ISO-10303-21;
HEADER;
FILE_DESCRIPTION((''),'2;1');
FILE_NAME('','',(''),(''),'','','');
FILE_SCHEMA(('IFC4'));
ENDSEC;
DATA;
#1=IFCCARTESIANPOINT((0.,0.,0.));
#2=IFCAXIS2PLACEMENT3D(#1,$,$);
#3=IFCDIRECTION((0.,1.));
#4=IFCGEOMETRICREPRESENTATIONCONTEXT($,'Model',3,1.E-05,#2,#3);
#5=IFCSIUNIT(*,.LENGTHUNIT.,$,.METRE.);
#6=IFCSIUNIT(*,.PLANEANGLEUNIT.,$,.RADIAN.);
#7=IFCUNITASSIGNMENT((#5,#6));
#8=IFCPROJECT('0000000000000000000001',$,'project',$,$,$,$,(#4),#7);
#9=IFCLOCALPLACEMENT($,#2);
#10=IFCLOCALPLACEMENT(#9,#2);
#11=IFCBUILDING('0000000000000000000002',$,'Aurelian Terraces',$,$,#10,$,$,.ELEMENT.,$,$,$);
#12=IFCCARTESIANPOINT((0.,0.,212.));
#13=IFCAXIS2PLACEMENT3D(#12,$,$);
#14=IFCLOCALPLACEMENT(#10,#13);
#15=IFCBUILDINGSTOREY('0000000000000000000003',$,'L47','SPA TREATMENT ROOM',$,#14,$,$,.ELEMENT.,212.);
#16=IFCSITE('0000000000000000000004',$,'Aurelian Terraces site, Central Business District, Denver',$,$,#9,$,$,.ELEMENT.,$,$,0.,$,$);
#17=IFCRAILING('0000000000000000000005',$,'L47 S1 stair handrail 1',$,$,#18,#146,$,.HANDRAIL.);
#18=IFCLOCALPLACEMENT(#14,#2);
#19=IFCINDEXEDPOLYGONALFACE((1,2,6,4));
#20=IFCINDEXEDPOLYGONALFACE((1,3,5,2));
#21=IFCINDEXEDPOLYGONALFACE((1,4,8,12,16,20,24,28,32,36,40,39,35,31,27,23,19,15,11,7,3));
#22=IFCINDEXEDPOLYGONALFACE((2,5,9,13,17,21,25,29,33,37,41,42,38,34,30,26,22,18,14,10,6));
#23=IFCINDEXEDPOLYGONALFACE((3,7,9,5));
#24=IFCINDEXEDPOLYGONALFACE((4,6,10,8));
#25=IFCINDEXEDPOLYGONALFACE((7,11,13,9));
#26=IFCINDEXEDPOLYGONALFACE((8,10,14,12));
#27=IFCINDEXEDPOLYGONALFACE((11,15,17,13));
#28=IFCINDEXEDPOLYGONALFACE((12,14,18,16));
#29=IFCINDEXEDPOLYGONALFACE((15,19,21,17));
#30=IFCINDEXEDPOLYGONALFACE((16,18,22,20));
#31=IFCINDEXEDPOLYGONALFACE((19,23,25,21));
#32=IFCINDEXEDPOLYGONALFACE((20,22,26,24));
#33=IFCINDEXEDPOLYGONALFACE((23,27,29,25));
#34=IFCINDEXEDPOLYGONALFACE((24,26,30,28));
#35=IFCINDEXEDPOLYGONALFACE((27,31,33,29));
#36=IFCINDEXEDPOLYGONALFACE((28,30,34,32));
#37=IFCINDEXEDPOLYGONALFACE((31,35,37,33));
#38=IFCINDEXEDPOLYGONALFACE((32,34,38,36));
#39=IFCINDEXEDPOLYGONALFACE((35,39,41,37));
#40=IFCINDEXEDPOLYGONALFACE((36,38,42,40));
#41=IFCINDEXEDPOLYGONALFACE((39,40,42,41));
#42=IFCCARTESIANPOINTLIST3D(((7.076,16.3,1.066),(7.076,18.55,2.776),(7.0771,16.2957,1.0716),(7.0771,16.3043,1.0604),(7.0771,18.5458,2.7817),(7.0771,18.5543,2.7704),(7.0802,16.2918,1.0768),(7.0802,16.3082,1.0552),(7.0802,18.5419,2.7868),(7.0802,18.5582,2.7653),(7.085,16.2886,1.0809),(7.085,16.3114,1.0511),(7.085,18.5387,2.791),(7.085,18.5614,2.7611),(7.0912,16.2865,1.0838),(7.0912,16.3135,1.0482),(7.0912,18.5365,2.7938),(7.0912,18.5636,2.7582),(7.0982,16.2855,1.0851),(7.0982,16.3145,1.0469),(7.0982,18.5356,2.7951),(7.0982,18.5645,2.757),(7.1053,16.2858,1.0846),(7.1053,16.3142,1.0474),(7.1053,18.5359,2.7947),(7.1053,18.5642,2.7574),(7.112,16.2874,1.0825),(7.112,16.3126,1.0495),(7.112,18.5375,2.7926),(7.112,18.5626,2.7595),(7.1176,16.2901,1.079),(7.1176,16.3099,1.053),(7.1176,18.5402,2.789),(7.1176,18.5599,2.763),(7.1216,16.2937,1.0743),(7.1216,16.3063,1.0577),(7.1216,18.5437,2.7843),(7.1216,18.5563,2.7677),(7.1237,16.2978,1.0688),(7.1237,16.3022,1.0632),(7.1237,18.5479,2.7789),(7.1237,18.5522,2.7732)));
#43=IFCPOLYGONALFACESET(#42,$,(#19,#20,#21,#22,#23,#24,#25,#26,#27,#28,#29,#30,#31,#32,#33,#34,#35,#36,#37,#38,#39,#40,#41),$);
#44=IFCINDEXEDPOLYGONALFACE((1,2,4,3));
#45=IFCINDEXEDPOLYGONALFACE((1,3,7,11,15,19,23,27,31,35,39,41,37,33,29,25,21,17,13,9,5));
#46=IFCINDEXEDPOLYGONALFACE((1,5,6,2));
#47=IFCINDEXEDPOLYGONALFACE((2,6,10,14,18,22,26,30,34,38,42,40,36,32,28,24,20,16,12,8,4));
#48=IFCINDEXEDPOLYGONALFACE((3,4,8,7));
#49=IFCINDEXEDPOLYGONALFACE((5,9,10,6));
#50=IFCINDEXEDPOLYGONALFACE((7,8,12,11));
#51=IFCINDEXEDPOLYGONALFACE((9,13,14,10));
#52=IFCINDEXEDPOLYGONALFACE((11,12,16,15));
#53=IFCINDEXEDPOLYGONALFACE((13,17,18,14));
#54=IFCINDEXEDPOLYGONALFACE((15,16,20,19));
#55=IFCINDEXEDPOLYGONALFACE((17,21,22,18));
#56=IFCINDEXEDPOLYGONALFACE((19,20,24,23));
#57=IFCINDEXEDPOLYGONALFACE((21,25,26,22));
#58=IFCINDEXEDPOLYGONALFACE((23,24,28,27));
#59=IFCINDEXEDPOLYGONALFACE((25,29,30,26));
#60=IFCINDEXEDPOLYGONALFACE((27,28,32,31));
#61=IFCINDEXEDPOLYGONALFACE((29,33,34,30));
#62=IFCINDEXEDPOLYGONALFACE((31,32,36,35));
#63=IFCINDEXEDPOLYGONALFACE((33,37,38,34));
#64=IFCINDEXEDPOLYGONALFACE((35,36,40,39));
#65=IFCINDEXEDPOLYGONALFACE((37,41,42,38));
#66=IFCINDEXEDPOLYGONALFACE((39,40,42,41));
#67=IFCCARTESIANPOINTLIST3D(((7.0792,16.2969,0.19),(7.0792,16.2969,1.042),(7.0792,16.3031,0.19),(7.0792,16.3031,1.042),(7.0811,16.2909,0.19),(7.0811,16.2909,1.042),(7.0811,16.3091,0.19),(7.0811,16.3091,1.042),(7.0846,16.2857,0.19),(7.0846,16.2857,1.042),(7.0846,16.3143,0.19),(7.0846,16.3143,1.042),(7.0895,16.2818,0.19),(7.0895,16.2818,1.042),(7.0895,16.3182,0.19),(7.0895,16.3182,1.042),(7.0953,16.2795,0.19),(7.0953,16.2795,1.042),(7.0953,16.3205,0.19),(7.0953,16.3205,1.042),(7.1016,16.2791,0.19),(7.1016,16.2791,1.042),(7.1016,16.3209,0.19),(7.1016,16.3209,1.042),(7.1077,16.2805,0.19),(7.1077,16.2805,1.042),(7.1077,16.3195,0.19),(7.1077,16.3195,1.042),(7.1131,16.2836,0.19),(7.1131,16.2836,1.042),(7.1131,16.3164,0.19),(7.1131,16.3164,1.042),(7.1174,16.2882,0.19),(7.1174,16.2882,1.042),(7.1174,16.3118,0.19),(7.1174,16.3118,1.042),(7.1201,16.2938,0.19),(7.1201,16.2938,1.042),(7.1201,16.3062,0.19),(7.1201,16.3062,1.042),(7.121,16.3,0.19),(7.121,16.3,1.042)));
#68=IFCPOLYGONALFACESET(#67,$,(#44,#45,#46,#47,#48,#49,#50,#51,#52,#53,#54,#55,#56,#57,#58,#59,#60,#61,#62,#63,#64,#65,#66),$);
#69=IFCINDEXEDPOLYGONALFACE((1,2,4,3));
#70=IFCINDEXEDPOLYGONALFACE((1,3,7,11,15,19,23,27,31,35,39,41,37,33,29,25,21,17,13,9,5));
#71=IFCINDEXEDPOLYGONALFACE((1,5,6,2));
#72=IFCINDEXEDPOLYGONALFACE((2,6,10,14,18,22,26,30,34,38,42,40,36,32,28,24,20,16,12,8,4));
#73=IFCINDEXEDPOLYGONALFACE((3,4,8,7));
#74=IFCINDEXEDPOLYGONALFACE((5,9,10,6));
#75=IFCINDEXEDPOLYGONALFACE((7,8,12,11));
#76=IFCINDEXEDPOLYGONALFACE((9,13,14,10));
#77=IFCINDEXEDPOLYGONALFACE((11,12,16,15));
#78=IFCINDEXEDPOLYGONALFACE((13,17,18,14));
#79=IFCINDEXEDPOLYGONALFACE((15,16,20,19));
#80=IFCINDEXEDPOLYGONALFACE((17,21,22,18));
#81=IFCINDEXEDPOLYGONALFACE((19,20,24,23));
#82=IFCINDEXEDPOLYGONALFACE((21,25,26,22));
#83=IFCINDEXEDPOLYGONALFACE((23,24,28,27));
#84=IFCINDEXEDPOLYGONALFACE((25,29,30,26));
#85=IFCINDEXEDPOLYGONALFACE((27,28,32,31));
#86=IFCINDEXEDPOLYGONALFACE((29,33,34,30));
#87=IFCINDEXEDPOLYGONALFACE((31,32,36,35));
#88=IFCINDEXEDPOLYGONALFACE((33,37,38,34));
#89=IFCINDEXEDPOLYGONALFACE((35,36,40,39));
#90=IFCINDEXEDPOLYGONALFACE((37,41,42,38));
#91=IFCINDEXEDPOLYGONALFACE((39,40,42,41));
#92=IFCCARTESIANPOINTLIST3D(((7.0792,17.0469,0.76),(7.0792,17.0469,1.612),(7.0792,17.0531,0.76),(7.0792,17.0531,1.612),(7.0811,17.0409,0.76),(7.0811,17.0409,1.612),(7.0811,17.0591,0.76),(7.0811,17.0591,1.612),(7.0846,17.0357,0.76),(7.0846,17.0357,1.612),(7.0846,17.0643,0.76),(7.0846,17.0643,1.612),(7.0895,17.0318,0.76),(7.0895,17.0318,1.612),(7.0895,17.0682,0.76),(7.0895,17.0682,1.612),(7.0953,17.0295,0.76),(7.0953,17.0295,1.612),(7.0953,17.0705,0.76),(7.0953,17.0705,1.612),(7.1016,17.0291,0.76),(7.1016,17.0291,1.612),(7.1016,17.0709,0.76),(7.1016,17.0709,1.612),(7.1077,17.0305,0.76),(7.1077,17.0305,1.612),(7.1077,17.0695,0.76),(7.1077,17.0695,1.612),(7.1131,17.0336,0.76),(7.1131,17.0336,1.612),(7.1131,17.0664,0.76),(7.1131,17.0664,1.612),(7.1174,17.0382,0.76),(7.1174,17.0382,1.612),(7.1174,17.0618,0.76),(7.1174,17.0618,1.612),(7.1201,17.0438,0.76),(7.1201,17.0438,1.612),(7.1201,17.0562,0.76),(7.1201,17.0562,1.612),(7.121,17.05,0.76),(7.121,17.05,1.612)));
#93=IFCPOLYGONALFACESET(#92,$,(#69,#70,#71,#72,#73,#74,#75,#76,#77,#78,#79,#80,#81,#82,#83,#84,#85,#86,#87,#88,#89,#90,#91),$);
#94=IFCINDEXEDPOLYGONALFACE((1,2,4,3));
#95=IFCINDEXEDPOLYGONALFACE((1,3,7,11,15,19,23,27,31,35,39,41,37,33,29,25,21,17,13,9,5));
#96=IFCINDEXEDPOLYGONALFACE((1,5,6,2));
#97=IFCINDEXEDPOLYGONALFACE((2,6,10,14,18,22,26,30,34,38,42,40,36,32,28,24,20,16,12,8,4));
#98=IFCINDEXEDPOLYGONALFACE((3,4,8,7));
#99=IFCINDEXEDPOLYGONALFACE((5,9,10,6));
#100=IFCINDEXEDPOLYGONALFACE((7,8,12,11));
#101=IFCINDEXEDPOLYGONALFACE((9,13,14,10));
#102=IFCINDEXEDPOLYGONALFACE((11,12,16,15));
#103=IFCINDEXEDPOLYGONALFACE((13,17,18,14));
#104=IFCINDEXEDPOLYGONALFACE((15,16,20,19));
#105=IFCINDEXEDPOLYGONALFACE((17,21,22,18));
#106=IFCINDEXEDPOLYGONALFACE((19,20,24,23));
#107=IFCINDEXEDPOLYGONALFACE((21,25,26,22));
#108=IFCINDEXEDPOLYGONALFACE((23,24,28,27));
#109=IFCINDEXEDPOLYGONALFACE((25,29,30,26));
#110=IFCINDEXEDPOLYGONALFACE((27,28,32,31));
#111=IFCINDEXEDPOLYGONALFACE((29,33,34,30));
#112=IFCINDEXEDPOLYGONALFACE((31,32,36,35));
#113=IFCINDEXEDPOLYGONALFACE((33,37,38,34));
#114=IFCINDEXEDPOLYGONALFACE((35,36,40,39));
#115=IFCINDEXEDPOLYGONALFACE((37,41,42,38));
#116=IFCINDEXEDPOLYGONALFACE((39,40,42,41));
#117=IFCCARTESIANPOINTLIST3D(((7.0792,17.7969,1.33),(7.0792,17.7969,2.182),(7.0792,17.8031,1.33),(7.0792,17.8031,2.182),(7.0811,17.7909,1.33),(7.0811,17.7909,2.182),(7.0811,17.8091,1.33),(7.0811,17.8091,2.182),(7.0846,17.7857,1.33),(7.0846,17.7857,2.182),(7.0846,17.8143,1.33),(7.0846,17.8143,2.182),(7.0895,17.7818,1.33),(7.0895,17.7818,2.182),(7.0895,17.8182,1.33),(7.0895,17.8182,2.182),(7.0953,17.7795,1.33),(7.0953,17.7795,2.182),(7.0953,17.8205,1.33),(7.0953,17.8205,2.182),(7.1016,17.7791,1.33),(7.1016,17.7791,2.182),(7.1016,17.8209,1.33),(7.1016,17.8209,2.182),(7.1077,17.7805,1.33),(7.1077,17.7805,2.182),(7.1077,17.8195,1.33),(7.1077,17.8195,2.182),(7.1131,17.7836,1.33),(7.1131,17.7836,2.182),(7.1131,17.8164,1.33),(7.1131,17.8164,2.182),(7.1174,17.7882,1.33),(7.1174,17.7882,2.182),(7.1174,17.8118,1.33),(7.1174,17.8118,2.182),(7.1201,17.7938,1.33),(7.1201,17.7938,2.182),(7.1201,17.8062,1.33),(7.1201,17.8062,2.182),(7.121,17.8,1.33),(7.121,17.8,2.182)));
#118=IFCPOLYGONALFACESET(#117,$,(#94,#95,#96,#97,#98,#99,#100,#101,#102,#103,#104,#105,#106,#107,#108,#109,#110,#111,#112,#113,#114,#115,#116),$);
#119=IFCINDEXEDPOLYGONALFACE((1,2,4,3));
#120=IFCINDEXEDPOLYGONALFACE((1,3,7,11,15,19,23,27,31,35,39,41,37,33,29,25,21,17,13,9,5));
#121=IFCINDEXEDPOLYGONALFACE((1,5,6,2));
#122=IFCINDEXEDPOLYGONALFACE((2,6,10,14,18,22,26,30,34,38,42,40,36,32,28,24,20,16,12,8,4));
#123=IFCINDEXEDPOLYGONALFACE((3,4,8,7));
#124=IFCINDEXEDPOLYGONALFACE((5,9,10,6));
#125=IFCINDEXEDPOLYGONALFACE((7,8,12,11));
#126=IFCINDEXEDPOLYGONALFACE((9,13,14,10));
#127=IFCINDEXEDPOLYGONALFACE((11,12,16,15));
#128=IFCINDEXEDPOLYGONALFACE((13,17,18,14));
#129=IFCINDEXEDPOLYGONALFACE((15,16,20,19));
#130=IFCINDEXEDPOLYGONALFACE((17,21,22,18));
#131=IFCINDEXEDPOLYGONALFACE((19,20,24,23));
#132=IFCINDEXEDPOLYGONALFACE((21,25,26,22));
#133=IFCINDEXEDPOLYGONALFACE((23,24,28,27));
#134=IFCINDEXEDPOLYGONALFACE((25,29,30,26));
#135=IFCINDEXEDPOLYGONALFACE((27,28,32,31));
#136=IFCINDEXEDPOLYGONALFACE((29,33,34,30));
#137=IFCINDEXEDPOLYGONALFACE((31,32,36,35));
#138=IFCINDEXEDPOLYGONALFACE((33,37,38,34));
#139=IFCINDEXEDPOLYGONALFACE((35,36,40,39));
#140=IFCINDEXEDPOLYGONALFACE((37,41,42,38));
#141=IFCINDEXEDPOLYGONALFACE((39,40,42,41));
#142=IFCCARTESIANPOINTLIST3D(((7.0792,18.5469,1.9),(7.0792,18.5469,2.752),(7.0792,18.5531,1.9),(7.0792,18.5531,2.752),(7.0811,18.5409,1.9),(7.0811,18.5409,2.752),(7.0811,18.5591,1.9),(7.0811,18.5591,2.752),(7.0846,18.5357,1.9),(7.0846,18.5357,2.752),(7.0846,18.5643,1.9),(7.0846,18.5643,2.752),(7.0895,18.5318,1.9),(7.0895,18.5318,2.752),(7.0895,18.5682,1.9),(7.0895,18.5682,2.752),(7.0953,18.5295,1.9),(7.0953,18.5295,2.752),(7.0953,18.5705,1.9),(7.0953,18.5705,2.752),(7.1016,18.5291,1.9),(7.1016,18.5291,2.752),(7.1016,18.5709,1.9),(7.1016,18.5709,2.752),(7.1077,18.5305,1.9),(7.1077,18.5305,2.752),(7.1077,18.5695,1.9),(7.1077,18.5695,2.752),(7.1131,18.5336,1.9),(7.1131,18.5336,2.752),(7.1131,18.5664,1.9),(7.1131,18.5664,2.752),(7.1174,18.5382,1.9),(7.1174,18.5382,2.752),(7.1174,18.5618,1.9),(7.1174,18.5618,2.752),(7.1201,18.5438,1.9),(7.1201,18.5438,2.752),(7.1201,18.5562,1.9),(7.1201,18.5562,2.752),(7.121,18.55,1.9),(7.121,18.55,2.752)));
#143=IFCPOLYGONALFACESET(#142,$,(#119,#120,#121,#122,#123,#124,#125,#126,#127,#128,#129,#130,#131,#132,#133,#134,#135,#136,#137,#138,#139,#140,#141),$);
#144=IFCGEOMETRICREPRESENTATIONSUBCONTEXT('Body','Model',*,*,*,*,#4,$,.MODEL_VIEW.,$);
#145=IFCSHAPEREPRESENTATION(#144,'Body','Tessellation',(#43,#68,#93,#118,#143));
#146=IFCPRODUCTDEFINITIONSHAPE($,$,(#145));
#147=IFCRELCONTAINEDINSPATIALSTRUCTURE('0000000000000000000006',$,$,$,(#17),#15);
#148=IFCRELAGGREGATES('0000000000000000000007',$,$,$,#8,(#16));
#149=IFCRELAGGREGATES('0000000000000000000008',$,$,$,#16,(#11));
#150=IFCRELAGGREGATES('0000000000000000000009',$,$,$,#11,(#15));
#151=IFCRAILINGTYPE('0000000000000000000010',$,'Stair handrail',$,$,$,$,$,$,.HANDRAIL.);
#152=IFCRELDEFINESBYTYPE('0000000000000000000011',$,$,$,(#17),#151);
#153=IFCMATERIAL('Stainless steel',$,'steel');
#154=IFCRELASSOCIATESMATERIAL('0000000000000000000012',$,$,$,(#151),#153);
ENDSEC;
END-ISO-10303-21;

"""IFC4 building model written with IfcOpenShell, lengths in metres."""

from ifc_helpers import new_model, si_unit, direction, frame, origin, origin_2d, place, context, subcontext, project, spatial, circle, extrude, source, transform, mapped, material, type_object, element, save


model = new_model("IFC4")

# Units and contexts
model_context = context("Model", 3, precision=1e-05, world=origin(), true_north=direction((0.0, 1.0)))
body_context = subcontext(model_context, "Body", "Model", "MODEL_VIEW")
ifc_project = project(units=[si_unit("LENGTHUNIT", "METRE"), si_unit("PLANEANGLEUNIT", "RADIAN")], contexts=[model_context])

# Site, building, storey
site_placement = place(None, origin())
site = spatial("IfcSite", under=ifc_project, at=site_placement, Name="Aurelian Terraces site, Central Business District, Denver", CompositionType="ELEMENT", RefElevation=0.0)
building_placement = place(site_placement, origin())
building = spatial("IfcBuilding", under=site, at=building_placement, Name="Aurelian Terraces", CompositionType="ELEMENT")
storey_placement = place(building_placement, frame((0.0, 0.0, 212.0)))
storey = spatial("IfcBuildingStorey", under=building, at=storey_placement, Name="L47", Description="SPA TREATMENT ROOM", CompositionType="ELEMENT", Elevation=212.0)

# Railing
ifc_material_1 = material(Name="Stainless steel", Category="steel")
railing_type_1 = type_object("IfcRailingType", Name="Stair handrail", PredefinedType="HANDRAIL", material=ifc_material_1)
shared_shape_1 = source(origin(), body_context, "Body", "SweptSolid", [
    extrude(circle(Radius=0.024, at=origin_2d()), frame((0.0, 0.0, 0.876), z_axis=(0.0, 0.796162, 0.605083), x_axis=(-1.0, 0.0, 0.0)), (0.0, 0.0, 1.0), 2.8261),
    extrude(circle(Radius=0.021, at=origin_2d()), origin(), (0.0, 0.0, 1.0), 0.852),
    extrude(circle(Radius=0.021, at=origin_2d()), frame((0.0, 0.75, 0.57)), (0.0, 0.0, 1.0), 0.852),
    extrude(circle(Radius=0.021, at=origin_2d()), frame((0.0, 1.5, 1.14)), (0.0, 0.0, 1.0), 0.852),
    extrude(circle(Radius=0.021, at=origin_2d()), frame((0.0, 2.25, 1.71)), (0.0, 0.0, 1.0), 0.852),
])
railing_1_placement = place(storey_placement, frame((7.1, 16.3, 0.19)))
element("IfcRailing", 1, at=railing_1_placement, inside=storey, type_object=railing_type_1, Name="L47 S1 stair handrail 1", PredefinedType="HANDRAIL", context=body_context, shape_type="MappedRepresentation", body=[
    mapped(shared_shape_1, transform((0.0, 0.0, 0.0), scale=1.0)),
])

save(model, "model.ifc")
